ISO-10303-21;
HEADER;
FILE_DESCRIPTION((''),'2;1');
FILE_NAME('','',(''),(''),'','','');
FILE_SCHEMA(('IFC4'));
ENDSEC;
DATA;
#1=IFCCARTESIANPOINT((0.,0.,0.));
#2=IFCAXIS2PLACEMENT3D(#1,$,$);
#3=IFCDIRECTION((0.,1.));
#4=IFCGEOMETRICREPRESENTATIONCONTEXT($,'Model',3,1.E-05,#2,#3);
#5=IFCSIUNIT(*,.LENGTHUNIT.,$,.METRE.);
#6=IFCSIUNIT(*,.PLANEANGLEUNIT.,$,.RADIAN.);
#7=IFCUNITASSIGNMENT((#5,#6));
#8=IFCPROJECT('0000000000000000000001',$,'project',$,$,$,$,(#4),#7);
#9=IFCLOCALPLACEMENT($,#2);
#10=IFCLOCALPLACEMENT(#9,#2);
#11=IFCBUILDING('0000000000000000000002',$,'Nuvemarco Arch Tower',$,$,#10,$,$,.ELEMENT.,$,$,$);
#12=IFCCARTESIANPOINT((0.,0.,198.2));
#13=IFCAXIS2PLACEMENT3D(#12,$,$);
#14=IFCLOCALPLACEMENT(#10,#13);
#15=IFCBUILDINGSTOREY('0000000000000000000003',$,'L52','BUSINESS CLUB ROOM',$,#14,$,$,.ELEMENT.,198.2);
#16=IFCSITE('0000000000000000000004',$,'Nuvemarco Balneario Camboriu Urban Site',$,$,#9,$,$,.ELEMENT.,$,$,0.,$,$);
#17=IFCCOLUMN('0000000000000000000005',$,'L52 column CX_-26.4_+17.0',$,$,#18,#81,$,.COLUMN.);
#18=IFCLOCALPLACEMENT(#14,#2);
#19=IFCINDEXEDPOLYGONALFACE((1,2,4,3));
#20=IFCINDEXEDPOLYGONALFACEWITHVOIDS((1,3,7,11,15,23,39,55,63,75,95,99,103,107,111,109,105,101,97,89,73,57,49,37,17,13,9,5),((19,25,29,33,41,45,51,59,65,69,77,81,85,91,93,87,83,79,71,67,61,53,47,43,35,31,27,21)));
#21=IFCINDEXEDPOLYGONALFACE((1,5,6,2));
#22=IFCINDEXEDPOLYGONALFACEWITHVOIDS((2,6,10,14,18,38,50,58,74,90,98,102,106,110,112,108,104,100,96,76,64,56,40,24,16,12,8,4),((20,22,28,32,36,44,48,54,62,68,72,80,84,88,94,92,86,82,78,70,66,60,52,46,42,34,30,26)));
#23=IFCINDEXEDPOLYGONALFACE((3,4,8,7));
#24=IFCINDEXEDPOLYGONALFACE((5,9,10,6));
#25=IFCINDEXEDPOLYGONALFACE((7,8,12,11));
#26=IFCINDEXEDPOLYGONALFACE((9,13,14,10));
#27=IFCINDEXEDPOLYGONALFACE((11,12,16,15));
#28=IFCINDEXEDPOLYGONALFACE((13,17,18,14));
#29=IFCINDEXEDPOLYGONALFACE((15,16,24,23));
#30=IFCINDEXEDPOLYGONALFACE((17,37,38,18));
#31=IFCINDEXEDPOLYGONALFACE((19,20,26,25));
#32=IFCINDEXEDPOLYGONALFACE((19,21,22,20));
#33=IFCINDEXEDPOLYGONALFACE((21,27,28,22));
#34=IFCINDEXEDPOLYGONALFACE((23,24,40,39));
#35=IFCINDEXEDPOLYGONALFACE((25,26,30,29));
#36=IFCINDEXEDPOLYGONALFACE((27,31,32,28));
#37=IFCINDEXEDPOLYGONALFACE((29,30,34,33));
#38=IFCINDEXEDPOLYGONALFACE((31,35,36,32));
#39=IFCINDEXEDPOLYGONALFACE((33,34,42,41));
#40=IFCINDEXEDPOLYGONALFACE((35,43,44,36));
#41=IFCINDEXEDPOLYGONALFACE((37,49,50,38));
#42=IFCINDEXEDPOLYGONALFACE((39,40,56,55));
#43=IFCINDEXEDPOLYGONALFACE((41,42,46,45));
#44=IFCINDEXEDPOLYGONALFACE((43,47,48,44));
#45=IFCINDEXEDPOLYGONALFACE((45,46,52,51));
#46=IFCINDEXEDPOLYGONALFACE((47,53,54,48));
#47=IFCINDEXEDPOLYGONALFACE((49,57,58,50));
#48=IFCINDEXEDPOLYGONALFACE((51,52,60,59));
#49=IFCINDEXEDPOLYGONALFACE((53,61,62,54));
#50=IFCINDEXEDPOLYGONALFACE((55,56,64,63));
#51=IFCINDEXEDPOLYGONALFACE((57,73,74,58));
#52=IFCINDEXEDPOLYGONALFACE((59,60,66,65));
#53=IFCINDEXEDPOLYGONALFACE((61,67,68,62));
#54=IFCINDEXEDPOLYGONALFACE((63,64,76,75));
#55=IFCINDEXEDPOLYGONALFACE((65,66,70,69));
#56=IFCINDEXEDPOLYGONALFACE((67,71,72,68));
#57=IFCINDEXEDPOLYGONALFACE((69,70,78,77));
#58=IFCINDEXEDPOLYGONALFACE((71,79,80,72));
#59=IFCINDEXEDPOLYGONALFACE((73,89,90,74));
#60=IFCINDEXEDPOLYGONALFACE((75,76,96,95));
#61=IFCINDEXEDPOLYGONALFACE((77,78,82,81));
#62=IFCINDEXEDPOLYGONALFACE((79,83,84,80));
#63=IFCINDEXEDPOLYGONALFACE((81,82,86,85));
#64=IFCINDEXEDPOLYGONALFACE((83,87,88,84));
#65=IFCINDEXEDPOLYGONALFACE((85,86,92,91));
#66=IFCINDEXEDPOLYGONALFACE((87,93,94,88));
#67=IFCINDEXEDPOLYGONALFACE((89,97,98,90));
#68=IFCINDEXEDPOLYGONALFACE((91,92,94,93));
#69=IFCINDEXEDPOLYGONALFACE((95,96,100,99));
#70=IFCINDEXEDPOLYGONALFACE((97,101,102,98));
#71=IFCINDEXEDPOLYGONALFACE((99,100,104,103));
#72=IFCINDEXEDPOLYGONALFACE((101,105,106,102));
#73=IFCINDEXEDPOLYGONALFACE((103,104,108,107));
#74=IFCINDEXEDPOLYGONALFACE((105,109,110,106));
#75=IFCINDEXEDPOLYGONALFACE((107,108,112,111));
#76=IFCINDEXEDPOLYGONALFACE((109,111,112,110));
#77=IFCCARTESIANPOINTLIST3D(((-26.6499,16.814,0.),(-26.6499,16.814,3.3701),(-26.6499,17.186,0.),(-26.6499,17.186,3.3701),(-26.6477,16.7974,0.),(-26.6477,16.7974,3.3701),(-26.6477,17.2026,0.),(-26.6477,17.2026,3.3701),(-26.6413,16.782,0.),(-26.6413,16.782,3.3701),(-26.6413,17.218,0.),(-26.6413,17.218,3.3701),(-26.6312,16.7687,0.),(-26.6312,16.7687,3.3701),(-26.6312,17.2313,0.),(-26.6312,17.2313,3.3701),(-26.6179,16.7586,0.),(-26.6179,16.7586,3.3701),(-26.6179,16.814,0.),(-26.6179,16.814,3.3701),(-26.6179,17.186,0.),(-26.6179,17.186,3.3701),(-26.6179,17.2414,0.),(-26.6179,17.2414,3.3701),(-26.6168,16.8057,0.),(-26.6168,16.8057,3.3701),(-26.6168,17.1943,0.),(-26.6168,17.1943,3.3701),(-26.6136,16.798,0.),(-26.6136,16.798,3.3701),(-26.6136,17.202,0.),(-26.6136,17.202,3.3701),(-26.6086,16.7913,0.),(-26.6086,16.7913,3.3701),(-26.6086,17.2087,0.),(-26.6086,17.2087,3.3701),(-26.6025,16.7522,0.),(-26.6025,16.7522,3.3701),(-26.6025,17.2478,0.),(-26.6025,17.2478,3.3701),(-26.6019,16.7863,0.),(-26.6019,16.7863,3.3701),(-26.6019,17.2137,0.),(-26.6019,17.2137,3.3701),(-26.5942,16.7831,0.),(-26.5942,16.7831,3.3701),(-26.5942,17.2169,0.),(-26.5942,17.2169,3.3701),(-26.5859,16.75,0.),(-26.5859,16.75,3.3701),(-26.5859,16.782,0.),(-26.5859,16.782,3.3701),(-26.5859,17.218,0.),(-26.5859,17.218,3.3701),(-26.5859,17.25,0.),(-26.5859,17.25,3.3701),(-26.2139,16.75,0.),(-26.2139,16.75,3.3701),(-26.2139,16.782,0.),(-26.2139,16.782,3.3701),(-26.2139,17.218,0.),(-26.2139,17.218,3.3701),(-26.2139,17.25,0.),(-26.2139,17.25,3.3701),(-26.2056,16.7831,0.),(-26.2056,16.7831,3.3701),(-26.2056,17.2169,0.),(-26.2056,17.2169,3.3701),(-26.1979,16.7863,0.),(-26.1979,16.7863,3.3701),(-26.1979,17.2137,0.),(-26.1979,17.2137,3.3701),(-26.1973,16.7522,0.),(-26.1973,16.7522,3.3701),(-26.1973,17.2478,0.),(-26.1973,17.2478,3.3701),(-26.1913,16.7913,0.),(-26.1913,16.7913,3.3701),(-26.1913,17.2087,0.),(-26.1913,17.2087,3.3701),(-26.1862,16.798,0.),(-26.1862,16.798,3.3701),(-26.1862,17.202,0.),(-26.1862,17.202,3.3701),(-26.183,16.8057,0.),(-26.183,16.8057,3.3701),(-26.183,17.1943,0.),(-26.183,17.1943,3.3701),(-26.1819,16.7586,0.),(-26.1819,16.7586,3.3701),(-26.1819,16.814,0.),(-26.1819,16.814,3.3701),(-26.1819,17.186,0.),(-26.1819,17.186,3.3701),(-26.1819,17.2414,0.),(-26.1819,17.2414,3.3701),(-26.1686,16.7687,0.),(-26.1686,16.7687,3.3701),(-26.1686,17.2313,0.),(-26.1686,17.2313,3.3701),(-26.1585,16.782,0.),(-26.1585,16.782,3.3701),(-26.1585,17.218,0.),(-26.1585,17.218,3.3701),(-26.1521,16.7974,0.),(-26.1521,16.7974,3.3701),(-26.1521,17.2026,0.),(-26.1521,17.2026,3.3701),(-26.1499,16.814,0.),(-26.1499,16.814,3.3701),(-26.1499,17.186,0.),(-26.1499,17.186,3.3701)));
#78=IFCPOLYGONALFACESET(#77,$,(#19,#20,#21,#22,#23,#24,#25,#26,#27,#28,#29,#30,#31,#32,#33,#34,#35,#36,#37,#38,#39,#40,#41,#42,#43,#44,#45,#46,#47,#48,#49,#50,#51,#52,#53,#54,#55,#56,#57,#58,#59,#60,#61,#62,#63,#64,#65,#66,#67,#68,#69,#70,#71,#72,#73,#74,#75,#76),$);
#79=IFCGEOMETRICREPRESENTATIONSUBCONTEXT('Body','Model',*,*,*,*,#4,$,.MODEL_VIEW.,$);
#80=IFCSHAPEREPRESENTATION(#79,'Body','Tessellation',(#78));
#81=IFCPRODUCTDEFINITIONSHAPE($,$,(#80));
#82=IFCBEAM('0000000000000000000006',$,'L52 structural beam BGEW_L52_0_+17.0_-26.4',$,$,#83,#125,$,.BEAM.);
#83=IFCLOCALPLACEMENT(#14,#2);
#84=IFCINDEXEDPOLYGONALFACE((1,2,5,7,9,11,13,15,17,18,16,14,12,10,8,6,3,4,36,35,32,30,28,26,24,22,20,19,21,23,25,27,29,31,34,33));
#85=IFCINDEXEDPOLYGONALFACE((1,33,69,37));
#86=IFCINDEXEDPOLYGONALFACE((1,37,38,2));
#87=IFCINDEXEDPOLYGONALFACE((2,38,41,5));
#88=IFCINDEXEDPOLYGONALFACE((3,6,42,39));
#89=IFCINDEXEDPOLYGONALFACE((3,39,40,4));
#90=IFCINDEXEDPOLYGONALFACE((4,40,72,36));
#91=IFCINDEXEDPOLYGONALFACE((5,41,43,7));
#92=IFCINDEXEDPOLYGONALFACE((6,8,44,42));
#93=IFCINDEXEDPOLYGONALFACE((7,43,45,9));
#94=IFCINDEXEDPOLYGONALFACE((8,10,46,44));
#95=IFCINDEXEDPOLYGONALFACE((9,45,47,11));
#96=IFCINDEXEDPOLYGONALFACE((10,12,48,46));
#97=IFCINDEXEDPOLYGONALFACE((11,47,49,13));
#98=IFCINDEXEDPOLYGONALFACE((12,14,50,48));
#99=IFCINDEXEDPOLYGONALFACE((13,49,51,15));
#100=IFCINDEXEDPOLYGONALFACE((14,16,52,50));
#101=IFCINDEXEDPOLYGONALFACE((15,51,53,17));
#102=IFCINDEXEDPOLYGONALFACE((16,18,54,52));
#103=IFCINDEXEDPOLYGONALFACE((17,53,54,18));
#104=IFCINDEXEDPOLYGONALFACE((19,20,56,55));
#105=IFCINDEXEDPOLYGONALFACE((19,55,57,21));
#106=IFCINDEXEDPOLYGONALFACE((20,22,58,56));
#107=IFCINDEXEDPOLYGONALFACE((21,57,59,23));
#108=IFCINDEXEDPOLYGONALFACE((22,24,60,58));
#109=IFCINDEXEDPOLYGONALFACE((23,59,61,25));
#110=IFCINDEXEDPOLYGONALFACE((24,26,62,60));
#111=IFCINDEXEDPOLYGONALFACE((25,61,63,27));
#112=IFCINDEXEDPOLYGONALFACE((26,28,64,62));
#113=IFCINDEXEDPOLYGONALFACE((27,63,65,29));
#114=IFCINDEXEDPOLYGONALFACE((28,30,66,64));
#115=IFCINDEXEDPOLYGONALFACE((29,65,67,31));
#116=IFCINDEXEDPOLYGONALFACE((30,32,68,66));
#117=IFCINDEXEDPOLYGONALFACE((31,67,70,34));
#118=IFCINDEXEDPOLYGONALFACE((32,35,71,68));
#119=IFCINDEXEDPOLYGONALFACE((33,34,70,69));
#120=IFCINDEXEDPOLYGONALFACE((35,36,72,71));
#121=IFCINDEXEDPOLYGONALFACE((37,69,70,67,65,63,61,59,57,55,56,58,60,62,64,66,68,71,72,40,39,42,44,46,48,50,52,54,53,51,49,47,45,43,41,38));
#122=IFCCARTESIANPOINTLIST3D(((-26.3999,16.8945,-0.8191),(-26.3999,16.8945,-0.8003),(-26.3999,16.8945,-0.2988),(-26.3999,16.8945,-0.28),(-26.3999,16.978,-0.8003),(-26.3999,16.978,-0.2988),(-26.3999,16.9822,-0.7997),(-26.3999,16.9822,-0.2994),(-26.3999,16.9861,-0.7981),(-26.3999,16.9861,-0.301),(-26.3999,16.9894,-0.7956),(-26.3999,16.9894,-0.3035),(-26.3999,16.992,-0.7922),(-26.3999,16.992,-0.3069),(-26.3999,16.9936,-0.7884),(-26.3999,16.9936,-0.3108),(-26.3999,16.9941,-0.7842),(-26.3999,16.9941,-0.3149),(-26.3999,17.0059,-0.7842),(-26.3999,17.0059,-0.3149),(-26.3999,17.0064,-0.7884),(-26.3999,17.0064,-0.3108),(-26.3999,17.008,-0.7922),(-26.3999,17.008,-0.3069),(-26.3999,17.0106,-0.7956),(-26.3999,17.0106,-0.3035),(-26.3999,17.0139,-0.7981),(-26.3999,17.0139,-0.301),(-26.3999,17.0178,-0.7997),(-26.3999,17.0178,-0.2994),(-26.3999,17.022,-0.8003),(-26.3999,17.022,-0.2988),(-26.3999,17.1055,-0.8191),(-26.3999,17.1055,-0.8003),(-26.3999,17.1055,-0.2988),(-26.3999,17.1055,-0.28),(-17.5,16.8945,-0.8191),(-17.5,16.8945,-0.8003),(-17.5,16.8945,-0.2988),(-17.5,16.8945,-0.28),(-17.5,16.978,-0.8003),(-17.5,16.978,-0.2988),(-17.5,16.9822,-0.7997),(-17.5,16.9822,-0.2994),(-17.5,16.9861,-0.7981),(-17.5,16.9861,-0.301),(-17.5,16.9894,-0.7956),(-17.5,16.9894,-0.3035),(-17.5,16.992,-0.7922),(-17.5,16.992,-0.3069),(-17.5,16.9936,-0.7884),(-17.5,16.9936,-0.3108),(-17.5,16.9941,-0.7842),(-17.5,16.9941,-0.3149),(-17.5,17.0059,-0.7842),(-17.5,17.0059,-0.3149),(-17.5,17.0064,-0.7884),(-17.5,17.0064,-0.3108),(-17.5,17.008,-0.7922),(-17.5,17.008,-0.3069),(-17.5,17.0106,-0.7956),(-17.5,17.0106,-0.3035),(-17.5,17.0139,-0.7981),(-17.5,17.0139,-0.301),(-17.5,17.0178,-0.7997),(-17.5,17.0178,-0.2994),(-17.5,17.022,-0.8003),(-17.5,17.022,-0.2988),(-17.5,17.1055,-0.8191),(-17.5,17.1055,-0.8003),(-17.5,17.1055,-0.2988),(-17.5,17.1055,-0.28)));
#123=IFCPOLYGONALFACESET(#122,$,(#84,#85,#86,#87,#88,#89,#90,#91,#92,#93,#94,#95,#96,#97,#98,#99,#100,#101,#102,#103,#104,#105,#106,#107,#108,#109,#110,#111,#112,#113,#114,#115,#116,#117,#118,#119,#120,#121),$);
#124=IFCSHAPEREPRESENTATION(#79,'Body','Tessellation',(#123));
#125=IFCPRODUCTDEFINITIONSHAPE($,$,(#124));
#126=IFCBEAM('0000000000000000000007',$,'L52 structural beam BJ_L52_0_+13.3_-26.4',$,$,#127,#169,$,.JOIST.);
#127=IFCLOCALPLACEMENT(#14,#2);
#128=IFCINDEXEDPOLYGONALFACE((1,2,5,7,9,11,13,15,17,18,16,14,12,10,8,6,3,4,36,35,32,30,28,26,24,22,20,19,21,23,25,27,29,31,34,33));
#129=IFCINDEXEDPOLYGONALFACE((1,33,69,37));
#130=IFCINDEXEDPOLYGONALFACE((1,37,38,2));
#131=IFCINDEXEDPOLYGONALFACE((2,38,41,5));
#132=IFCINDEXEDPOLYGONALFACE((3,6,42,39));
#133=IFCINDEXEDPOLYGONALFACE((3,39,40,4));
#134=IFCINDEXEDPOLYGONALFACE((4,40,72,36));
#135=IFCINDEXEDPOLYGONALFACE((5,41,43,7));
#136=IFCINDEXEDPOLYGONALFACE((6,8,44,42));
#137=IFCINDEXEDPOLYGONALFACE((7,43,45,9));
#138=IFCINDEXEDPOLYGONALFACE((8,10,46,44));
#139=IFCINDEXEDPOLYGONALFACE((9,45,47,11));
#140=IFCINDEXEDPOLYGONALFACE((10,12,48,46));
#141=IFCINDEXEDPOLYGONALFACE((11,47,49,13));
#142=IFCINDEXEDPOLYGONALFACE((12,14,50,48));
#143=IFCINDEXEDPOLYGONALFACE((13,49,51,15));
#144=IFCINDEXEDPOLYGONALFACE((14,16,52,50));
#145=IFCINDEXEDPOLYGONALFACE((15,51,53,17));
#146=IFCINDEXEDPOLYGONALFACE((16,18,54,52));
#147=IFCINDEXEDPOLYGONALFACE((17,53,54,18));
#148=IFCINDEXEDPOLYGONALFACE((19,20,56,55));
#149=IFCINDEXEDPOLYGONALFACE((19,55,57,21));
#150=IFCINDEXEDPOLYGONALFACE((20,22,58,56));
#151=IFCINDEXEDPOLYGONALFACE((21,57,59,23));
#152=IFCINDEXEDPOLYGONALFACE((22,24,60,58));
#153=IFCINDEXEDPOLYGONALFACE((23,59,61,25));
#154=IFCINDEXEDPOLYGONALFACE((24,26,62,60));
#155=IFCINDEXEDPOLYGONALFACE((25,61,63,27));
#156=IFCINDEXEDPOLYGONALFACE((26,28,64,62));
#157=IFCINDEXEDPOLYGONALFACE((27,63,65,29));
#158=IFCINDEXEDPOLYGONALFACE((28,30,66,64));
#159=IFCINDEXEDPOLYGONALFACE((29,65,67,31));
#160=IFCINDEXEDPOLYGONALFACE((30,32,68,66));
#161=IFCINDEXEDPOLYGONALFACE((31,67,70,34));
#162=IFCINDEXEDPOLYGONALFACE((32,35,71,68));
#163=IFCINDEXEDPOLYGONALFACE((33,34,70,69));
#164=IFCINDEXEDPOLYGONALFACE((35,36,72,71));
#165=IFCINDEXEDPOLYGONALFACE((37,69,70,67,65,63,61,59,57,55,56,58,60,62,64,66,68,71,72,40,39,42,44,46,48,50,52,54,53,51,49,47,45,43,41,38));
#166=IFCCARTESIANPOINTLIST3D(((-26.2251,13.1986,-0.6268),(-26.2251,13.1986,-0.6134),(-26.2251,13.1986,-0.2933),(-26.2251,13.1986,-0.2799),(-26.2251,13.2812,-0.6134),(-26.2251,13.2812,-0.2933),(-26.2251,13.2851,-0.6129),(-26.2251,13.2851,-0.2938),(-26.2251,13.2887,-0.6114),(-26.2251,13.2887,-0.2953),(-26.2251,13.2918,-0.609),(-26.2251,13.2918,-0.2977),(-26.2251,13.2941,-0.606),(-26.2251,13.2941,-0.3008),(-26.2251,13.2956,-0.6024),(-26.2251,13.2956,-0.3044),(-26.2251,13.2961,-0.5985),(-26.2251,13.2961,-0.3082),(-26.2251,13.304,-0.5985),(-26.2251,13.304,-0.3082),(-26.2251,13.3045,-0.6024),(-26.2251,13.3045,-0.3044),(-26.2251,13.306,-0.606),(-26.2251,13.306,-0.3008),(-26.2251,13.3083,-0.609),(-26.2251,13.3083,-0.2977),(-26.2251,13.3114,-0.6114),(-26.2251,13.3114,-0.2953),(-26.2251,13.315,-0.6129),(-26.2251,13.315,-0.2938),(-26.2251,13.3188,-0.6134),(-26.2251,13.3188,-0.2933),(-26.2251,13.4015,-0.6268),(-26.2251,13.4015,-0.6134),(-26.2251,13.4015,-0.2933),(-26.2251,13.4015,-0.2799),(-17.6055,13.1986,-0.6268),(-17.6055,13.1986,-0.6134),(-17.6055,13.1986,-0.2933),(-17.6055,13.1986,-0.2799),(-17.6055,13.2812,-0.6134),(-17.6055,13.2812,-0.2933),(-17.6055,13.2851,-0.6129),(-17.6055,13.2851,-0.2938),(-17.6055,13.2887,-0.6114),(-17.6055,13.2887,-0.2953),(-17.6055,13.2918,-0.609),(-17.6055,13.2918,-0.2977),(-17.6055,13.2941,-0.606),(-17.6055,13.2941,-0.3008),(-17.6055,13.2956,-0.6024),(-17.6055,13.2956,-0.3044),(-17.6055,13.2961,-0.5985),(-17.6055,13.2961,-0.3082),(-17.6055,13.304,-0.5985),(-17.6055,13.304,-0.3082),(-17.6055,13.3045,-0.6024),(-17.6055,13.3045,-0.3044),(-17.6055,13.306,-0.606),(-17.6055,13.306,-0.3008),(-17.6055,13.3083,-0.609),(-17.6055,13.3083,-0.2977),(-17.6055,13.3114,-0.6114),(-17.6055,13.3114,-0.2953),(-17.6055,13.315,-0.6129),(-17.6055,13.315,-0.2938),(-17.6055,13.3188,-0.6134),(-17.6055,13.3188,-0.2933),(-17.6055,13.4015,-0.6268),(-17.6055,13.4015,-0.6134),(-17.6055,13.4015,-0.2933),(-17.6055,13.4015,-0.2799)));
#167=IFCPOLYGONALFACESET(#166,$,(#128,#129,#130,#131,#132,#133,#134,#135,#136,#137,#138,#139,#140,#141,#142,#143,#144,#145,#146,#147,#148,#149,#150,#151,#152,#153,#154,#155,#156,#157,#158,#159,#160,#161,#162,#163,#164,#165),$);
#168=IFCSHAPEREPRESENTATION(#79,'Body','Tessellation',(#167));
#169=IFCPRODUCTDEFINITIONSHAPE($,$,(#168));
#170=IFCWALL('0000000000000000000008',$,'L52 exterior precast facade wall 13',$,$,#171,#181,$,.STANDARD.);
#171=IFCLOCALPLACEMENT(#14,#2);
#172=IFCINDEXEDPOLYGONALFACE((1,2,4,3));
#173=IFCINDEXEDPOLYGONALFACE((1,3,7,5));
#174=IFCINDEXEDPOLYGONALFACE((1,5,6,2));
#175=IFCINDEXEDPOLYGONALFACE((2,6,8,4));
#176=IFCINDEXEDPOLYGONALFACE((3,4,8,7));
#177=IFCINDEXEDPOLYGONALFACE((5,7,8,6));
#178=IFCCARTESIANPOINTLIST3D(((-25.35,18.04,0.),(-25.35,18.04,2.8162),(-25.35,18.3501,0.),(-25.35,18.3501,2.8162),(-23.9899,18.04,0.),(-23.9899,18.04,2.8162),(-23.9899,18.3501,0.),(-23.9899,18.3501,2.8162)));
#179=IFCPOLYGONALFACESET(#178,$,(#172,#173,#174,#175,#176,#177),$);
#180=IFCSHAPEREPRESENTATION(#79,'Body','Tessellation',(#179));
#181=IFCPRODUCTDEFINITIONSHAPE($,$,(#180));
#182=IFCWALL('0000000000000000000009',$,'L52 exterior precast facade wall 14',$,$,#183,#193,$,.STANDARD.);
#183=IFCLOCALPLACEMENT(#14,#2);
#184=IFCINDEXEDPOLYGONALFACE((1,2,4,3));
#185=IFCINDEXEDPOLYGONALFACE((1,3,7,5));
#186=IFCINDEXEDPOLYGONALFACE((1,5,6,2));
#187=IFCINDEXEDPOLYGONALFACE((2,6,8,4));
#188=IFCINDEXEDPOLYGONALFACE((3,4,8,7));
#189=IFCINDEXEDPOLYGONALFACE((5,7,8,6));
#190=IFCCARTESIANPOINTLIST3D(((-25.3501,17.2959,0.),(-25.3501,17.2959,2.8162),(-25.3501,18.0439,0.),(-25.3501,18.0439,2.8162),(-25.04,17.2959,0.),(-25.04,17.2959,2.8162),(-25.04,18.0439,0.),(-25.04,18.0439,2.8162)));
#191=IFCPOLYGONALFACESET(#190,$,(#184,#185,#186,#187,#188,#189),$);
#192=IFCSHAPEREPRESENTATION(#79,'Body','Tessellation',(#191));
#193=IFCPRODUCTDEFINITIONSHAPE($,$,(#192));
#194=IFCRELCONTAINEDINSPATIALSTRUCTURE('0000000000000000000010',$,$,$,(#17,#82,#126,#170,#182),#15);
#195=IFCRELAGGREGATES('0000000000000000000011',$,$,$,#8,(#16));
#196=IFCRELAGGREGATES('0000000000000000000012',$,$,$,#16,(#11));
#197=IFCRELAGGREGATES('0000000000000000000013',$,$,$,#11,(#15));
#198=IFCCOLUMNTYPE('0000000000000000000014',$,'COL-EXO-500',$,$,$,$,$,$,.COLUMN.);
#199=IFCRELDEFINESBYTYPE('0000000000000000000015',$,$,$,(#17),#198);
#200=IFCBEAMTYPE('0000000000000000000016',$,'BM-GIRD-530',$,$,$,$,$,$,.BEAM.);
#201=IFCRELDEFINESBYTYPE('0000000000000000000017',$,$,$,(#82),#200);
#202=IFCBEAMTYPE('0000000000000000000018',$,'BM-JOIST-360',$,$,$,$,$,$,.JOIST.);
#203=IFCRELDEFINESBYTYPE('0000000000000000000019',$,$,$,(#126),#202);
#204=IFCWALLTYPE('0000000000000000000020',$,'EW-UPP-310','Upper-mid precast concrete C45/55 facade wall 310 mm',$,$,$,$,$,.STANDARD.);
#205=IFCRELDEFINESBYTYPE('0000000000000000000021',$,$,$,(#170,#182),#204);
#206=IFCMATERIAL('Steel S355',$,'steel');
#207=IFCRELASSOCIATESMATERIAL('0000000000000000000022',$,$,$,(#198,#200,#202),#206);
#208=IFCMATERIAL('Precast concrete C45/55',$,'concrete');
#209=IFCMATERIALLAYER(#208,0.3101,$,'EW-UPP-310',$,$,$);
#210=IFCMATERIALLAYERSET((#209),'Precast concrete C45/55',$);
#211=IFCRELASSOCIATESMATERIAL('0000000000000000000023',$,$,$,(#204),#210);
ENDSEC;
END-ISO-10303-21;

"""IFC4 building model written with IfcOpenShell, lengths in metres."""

from ifc_helpers import new_model, si_unit, direction, frame, frame_2d, origin, origin_2d, place, context, subcontext, project, spatial, rectangle, hollow_rectangle, i_section, extrude, material, layer, layer_set, material_profile, profile_set, type_object, element, save


model = new_model("IFC4")

# Units and contexts
model_context = context("Model", 3, precision=1e-05, world=origin(), true_north=direction((0.0, 1.0)))
body_context = subcontext(model_context, "Body", "Model", "MODEL_VIEW")
ifc_project = project(units=[si_unit("LENGTHUNIT", "METRE"), si_unit("PLANEANGLEUNIT", "RADIAN")], contexts=[model_context])

# Site, building, storey
site_placement = place(None, origin())
site = spatial("IfcSite", under=ifc_project, at=site_placement, Name="Nuvemarco Balneario Camboriu Urban Site", CompositionType="ELEMENT", RefElevation=0.0)
building_placement = place(site_placement, origin())
building = spatial("IfcBuilding", under=site, at=building_placement, Name="Nuvemarco Arch Tower", CompositionType="ELEMENT")
storey_placement = place(building_placement, frame((0.0, 0.0, 198.2)))
storey = spatial("IfcBuildingStorey", under=building, at=storey_placement, Name="L52", Description="BUSINESS CLUB ROOM", CompositionType="ELEMENT", Elevation=198.2)

# Column
ifc_material_1 = material(Name="Steel S355", Category="steel")
ifc_material_profile_1 = material_profile(ifc_material_1, hollow_rectangle(XDim=0.5, YDim=0.5, WallThickness=0.032, InnerFilletRadius=0.032, OuterFilletRadius=0.064, at=origin_2d()), Name="SHS500x500x32")
ifc_profile_set_1 = profile_set([ifc_material_profile_1], Name="Steel S355")
column_type = type_object("IfcColumnType", Name="COL-EXO-500", PredefinedType="COLUMN", material=ifc_profile_set_1)
column_placement = place(storey_placement, frame((-26.3999, 17.0, 0.0), z_axis=(0.0, 0.0, 1.0), x_axis=(1.0, 0.0, 0.0)))
element("IfcColumn", 1, at=column_placement, inside=storey, type_object=column_type, Name="L52 column CX_-26.4_+17.0", PredefinedType="COLUMN", context=body_context, shape_type="SweptSolid", body=[
    extrude(hollow_rectangle(XDim=0.5, YDim=0.5, WallThickness=0.032, InnerFilletRadius=0.032, OuterFilletRadius=0.064, at=origin_2d()), origin(), (0.0, 0.0, 1.0), 3.3701),
])

# Beams
ifc_material_profile_2 = material_profile(ifc_material_1, i_section(OverallWidth=0.2109, OverallDepth=0.5391, WebThickness=0.0117, FlangeThickness=0.0188, FilletRadius=0.0161, at=origin_2d()), Name="W530x109")
ifc_profile_set_2 = profile_set([ifc_material_profile_2], Name="Steel S355")
beam_type_1 = type_object("IfcBeamType", Name="BM-GIRD-530", PredefinedType="BEAM", material=ifc_profile_set_2)
beam_1_placement = place(storey_placement, frame((-26.3999, 17.0, -0.5496), z_axis=(1.0, 0.0, 0.0), x_axis=(0.0, 1.0, 0.0)))
element("IfcBeam", 2, at=beam_1_placement, inside=storey, type_object=beam_type_1, Name="L52 structural beam BGEW_L52_0_+17.0_-26.4", PredefinedType="BEAM", context=body_context, shape_type="SweptSolid", body=[
    extrude(i_section(OverallWidth=0.2109, OverallDepth=0.5391, WebThickness=0.0117, FlangeThickness=0.0188, FilletRadius=0.0161, at=origin_2d()), origin(), (0.0, 0.0, 1.0), 8.8999),
])
ifc_material_profile_3 = material_profile(ifc_material_1, i_section(OverallWidth=0.2029, OverallDepth=0.3469, WebThickness=0.0078, FlangeThickness=0.0134, FilletRadius=0.0149, at=origin_2d()), Name="W360x64")
ifc_profile_set_3 = profile_set([ifc_material_profile_3], Name="Steel S355")
beam_type_2 = type_object("IfcBeamType", Name="BM-JOIST-360", PredefinedType="JOIST", material=ifc_profile_set_3)
beam_2_placement = place(storey_placement, frame((-26.2251, 13.3, -0.4534), z_axis=(1.0, 0.0, 0.0), x_axis=(0.0, 1.0, 0.0)))
element("IfcBeam", 3, at=beam_2_placement, inside=storey, type_object=beam_type_2, Name="L52 structural beam BJ_L52_0_+13.3_-26.4", PredefinedType="JOIST", context=body_context, shape_type="SweptSolid", body=[
    extrude(i_section(OverallWidth=0.2029, OverallDepth=0.3469, WebThickness=0.0078, FlangeThickness=0.0134, FilletRadius=0.0149, at=origin_2d()), origin(), (0.0, 0.0, 1.0), 8.6196),
])

# Shared definitions
ifc_material_2 = material(Name="Precast concrete C45/55", Category="concrete")
ifc_layer_1 = layer(ifc_material_2, 0.3101, Name="EW-UPP-310")
ifc_layer_set_1 = layer_set([ifc_layer_1], Name="Precast concrete C45/55")
wall_type_1 = type_object("IfcWallType", Name="EW-UPP-310", Description="Upper-mid precast concrete C45/55 facade wall 310 mm", PredefinedType="STANDARD", material=ifc_layer_set_1)

# Walls
wall_1_placement = place(storey_placement, frame((-25.3501, 18.1951, 0.0), z_axis=(0.0, 0.0, 1.0), x_axis=(1.0, 0.0, 0.0)))
element("IfcWall", 4, at=wall_1_placement, inside=storey, type_object=wall_type_1, Name="L52 exterior precast facade wall 13", PredefinedType="STANDARD", context=body_context, shape_type="SweptSolid", body=[
    extrude(rectangle(XDim=1.3601, YDim=0.3101, at=frame_2d((0.6802, 0.0))), origin(), (0.0, 0.0, 1.0), 2.8162),
])
wall_2_placement = place(storey_placement, frame((-25.1951, 17.2959, 0.0), z_axis=(0.0, 0.0, 1.0), x_axis=(0.0, 1.0, 0.0)))
element("IfcWall", 5, at=wall_2_placement, inside=storey, type_object=wall_type_1, Name="L52 exterior precast facade wall 14", PredefinedType="STANDARD", context=body_context, shape_type="SweptSolid", body=[
    extrude(rectangle(XDim=0.748, YDim=0.3101, at=frame_2d((0.374, 0.0))), origin(), (0.0, 0.0, 1.0), 2.8162),
])

save(model, "model.ifc")
